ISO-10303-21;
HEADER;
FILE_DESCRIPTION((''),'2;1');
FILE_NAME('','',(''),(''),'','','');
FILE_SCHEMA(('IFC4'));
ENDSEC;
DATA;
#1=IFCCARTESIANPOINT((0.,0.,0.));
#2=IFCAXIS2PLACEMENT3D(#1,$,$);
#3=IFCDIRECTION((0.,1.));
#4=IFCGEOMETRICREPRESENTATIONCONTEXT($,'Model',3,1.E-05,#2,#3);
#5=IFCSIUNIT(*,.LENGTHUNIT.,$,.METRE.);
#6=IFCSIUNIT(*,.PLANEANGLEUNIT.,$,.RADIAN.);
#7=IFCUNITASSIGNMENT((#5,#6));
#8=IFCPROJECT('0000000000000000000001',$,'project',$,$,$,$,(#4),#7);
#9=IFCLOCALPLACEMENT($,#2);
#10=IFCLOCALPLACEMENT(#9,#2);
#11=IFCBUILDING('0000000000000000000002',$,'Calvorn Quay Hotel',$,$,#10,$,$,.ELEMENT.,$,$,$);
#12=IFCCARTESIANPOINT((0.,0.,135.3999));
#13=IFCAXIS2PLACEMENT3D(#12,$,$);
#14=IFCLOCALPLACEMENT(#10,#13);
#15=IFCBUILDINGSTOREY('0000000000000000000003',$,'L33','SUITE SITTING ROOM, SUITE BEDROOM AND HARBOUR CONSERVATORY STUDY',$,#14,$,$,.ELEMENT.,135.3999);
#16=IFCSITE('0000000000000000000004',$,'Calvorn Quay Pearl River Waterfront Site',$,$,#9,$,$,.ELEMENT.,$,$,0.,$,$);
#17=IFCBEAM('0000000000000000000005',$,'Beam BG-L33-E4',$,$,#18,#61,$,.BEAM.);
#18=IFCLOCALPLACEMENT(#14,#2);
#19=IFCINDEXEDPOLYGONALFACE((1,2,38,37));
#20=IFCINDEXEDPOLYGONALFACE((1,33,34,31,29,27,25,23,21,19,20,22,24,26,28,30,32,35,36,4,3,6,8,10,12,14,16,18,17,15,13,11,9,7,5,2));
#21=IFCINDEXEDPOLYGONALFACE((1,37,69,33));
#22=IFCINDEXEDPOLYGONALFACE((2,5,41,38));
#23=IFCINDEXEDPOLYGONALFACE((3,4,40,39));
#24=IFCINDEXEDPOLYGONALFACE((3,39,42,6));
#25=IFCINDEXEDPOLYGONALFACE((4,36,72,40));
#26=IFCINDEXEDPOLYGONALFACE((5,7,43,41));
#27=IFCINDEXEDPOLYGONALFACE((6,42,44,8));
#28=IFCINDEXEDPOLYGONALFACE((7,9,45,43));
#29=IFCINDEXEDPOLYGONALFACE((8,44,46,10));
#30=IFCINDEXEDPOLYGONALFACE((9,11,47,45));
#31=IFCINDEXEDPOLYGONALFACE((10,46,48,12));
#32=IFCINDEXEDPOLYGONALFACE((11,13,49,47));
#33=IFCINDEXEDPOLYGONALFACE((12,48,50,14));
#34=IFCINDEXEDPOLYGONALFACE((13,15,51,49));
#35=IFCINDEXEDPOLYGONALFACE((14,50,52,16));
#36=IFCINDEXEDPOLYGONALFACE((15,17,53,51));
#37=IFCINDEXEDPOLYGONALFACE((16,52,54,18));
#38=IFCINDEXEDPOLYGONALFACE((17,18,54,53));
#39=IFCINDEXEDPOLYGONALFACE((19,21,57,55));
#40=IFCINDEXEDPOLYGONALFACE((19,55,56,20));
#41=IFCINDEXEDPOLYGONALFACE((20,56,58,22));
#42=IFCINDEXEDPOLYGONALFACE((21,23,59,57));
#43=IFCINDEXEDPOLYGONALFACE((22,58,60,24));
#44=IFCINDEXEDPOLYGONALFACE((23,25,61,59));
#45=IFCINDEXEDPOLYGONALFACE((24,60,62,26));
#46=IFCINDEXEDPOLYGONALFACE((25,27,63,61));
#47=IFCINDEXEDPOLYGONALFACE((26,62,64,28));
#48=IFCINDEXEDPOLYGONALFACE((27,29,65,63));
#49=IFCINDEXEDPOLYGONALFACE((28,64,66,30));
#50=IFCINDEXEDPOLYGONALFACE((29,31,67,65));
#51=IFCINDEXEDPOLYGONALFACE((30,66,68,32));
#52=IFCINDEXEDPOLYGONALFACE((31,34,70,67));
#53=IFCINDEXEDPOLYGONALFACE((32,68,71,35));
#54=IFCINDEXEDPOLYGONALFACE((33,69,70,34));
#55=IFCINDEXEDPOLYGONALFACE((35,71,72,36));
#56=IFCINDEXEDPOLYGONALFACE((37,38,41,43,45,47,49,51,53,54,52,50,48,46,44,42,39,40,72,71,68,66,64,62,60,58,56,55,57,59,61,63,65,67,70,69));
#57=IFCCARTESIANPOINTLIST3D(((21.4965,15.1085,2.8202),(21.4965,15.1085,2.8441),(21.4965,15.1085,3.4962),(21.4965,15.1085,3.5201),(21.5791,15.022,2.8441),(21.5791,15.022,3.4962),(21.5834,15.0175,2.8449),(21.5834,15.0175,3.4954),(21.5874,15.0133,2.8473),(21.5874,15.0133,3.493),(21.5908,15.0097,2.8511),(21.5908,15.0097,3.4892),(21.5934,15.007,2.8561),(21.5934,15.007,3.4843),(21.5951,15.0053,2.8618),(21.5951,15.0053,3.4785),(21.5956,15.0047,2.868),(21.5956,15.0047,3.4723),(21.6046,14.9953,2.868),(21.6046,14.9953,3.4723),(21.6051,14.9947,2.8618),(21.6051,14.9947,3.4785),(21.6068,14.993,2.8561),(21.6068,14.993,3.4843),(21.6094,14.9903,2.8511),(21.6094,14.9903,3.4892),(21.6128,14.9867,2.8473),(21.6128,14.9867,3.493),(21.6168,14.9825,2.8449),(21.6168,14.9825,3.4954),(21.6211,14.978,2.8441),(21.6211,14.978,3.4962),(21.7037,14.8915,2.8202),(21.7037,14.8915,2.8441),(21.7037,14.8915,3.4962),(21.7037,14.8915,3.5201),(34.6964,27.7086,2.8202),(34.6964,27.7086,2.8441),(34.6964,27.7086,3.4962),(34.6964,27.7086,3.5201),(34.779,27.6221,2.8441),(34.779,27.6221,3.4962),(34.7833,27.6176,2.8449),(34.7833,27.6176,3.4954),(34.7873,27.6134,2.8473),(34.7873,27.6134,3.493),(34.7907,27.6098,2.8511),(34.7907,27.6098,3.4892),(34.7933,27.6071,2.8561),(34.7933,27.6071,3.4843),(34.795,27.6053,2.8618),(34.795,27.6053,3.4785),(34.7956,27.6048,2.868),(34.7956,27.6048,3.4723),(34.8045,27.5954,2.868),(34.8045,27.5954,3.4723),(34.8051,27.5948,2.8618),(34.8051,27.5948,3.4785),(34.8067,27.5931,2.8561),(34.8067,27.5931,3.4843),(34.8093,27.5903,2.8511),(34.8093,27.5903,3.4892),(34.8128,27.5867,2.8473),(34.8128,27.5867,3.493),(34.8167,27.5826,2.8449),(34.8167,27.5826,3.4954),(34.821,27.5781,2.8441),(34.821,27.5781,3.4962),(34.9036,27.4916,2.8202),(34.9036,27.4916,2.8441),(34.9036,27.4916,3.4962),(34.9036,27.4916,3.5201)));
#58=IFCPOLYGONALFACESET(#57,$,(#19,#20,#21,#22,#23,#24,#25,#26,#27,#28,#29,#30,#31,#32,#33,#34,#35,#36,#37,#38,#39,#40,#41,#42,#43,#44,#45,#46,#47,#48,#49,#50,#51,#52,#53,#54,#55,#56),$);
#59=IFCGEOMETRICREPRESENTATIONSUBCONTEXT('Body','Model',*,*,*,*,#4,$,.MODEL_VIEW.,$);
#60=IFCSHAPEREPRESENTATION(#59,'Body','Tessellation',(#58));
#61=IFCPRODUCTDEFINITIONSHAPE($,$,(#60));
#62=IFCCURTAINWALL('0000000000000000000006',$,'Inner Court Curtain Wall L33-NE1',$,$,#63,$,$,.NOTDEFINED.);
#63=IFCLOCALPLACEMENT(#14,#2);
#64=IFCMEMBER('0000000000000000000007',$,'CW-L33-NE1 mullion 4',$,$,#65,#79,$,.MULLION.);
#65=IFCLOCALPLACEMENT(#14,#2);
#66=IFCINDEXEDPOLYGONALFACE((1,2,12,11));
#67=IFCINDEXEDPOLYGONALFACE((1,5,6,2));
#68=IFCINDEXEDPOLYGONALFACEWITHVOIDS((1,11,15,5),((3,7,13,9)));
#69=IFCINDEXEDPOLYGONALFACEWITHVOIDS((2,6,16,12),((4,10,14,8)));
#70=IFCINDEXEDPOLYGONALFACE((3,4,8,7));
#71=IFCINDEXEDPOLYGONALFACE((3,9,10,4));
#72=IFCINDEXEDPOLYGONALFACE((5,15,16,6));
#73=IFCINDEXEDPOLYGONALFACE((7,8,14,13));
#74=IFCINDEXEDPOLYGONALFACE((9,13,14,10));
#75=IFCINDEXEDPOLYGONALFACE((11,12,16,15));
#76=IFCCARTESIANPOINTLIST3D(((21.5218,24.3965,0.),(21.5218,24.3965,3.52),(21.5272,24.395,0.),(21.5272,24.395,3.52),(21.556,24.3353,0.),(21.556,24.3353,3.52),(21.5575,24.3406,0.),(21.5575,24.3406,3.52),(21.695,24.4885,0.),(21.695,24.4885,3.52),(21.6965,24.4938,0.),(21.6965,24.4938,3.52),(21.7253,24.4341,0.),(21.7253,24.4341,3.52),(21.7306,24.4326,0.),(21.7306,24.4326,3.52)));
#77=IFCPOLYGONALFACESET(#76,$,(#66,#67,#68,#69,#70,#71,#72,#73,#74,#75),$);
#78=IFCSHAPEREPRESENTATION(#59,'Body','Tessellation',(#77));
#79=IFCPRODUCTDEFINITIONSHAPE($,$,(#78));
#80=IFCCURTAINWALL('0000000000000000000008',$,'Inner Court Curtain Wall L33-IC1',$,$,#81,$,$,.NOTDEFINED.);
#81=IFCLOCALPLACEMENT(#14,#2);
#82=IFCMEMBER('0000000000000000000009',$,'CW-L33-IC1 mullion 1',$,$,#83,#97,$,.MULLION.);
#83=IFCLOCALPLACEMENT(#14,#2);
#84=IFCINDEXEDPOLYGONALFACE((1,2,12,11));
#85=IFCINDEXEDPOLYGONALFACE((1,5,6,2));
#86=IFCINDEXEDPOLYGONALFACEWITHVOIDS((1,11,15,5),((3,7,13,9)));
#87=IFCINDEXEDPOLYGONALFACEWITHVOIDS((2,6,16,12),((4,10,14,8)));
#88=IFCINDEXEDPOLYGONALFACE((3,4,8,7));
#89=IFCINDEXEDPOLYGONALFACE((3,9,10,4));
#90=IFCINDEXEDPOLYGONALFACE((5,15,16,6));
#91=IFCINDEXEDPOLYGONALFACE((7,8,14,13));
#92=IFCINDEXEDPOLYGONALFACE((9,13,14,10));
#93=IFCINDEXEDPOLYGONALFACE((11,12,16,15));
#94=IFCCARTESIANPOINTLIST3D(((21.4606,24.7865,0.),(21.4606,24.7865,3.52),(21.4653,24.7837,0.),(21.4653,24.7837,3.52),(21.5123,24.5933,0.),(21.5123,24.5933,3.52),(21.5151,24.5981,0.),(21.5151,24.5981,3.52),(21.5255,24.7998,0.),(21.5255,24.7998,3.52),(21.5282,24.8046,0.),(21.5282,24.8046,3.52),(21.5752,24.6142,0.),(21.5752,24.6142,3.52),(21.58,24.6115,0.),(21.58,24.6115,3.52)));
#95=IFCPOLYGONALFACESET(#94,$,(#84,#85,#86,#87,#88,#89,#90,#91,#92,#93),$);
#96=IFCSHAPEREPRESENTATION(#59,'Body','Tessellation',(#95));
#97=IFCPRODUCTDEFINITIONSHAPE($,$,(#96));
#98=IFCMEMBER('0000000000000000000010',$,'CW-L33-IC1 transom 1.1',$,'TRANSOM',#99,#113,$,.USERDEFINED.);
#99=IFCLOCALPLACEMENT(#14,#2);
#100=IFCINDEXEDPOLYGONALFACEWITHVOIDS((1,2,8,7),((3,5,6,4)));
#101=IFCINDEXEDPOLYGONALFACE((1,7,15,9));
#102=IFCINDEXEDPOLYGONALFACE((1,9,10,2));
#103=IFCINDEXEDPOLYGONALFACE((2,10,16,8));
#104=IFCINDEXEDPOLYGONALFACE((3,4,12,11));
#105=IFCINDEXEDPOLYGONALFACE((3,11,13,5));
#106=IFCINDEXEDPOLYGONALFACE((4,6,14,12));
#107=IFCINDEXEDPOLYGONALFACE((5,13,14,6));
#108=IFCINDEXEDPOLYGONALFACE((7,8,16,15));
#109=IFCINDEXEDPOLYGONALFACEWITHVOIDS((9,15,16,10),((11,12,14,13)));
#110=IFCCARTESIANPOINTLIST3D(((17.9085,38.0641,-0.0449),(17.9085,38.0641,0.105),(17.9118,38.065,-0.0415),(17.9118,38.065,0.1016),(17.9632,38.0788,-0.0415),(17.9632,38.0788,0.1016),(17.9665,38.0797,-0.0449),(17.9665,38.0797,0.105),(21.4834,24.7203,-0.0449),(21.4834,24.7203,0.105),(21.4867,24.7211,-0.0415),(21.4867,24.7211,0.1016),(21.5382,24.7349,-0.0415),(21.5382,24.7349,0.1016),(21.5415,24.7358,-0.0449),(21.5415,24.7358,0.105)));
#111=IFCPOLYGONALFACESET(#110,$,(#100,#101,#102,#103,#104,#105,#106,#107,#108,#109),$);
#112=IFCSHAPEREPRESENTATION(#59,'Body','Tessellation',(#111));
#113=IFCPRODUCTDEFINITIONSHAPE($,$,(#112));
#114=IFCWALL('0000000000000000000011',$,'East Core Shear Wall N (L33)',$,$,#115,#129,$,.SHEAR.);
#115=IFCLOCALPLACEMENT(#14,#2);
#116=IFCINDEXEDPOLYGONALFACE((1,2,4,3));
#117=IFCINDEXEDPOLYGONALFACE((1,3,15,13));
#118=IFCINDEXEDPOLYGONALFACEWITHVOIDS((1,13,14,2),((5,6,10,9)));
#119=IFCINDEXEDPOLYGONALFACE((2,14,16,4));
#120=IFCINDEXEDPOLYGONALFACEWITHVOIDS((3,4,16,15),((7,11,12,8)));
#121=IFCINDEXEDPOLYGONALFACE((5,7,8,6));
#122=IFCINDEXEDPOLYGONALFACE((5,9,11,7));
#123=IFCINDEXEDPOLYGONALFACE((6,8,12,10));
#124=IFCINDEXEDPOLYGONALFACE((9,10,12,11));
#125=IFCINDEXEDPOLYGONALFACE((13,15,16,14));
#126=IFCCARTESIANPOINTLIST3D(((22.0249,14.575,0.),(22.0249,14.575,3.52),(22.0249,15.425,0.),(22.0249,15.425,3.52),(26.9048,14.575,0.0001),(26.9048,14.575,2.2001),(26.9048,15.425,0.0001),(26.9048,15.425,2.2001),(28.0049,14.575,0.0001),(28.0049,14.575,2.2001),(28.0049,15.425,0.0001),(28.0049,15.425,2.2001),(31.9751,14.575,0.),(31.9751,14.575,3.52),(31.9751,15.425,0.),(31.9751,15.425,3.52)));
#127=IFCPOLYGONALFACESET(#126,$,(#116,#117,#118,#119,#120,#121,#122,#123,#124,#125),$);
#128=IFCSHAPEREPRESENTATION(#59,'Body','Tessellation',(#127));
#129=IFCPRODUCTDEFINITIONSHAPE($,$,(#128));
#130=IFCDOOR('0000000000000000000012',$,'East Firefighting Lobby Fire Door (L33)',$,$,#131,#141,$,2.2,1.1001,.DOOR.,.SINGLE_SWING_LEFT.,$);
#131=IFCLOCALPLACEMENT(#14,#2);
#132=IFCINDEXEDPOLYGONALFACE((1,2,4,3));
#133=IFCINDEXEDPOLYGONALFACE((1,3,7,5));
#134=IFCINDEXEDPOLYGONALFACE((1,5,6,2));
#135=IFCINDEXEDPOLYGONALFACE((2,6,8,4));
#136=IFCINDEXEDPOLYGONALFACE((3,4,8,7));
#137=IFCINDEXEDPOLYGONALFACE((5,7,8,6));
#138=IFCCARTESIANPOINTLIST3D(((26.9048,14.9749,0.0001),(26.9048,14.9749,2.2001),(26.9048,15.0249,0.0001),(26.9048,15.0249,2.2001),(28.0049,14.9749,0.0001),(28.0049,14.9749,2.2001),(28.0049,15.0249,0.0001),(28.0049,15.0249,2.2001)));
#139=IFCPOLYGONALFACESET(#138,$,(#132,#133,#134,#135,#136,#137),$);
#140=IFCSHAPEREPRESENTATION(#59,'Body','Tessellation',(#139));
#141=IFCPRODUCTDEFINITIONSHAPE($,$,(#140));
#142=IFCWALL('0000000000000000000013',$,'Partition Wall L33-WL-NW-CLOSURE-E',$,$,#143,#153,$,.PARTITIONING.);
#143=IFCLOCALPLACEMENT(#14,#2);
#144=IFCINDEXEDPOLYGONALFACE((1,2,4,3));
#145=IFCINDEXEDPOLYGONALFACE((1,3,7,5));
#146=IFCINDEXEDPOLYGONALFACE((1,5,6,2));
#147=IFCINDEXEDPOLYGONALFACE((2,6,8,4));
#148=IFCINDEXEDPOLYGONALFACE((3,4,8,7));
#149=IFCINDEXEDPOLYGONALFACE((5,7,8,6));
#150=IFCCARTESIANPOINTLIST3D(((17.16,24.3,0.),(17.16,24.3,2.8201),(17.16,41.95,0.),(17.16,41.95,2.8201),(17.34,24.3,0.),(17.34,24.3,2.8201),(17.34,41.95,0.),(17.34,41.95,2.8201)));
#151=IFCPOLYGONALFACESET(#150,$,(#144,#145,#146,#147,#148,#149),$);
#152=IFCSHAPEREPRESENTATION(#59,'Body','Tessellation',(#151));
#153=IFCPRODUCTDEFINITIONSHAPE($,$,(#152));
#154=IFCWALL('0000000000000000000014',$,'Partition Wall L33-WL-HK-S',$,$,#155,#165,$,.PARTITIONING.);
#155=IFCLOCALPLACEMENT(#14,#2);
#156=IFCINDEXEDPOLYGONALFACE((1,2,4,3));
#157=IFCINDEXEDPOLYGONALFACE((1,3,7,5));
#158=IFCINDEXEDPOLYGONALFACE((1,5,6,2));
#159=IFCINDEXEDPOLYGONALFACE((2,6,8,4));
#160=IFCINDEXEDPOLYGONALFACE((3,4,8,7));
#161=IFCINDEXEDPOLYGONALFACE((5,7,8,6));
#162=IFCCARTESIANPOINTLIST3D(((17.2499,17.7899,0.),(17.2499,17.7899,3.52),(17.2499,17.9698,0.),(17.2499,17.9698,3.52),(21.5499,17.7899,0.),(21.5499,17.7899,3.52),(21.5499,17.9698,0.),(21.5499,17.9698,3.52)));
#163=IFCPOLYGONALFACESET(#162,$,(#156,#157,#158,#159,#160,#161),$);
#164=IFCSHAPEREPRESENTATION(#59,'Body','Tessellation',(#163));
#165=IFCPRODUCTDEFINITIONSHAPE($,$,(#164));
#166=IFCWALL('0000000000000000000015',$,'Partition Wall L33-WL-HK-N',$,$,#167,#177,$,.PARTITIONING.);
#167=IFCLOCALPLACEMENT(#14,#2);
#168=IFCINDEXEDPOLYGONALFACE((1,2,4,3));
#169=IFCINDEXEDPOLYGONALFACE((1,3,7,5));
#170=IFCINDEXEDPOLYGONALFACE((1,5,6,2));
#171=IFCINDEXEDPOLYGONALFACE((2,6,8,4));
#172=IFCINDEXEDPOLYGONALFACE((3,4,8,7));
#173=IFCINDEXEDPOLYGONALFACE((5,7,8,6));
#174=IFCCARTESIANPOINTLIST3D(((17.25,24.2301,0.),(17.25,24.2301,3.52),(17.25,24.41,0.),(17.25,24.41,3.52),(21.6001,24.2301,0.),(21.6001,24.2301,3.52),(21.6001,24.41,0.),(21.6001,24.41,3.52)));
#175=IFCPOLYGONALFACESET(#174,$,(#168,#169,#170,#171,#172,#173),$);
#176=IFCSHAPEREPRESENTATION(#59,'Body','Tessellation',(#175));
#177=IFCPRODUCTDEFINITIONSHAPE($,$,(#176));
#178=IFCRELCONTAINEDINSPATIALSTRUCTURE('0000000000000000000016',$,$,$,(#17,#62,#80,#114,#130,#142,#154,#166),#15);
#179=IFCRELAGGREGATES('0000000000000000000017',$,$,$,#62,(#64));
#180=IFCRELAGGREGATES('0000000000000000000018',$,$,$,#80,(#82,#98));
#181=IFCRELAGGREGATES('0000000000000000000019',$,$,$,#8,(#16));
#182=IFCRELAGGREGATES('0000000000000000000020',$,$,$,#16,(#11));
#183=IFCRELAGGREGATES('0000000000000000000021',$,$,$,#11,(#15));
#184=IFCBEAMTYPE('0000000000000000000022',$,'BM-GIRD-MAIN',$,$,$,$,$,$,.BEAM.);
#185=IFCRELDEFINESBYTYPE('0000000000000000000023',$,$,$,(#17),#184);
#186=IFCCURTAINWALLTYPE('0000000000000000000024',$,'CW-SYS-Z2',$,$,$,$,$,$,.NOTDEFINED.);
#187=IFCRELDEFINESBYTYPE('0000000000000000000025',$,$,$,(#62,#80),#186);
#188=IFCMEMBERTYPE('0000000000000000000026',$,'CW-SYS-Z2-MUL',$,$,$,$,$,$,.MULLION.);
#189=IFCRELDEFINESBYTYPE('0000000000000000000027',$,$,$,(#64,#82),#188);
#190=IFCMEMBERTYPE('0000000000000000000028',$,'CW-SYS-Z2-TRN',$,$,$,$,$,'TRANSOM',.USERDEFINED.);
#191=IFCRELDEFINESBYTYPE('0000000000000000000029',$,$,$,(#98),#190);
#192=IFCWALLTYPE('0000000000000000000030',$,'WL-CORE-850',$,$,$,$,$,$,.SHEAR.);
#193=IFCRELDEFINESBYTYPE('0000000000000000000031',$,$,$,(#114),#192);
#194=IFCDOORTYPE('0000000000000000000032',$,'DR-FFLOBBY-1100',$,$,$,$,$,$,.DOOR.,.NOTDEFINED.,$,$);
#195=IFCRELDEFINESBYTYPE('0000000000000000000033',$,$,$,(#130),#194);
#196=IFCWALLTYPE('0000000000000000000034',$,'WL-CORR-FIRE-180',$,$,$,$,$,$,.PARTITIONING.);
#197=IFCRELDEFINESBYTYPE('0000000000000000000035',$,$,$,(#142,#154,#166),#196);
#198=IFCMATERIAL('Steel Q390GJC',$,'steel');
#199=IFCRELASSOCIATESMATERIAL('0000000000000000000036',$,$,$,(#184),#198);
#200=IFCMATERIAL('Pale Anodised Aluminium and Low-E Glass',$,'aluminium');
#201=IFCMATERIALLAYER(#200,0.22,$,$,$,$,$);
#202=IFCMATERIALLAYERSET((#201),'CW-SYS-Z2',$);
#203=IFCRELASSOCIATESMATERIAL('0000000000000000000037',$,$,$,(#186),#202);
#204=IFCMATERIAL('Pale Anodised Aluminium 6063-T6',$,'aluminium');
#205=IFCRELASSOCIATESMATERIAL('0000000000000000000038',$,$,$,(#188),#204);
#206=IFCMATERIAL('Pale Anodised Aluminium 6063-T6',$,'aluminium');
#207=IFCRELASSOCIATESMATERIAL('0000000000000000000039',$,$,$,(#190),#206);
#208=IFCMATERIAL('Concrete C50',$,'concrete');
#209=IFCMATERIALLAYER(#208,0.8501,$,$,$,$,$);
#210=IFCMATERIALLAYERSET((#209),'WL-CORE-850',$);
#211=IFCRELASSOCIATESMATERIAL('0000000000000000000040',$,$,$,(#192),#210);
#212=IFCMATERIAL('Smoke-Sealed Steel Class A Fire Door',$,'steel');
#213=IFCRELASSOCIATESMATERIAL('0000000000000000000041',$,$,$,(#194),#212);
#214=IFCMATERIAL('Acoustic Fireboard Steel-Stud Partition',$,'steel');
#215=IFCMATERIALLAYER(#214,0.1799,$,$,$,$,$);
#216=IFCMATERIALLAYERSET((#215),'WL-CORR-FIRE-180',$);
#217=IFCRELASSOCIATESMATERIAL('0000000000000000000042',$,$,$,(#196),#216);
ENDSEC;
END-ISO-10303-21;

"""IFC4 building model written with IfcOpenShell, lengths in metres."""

from ifc_helpers import new_model, si_unit, direction, frame, frame_2d, origin, origin_2d, place, context, subcontext, project, spatial, rectangle, hollow_rectangle, i_section, extrude, material, layer, layer_set, material_profile, profile_set, type_object, element, fill, aggregate, save


model = new_model("IFC4")

# Units and contexts
model_context = context("Model", 3, precision=1e-05, world=origin(), true_north=direction((0.0, 1.0)))
body_context = subcontext(model_context, "Body", "Model", "MODEL_VIEW")
ifc_project = project(units=[si_unit("LENGTHUNIT", "METRE"), si_unit("PLANEANGLEUNIT", "RADIAN")], contexts=[model_context])

# Site, building, storey
site_placement = place(None, origin())
site = spatial("IfcSite", under=ifc_project, at=site_placement, Name="Calvorn Quay Pearl River Waterfront Site", CompositionType="ELEMENT", RefElevation=0.0)
building_placement = place(site_placement, origin())
building = spatial("IfcBuilding", under=site, at=building_placement, Name="Calvorn Quay Hotel", CompositionType="ELEMENT")
storey_placement = place(building_placement, frame((0.0, 0.0, 135.3999)))
storey = spatial("IfcBuildingStorey", under=building, at=storey_placement, Name="L33", Description="SUITE SITTING ROOM, SUITE BEDROOM AND HARBOUR CONSERVATORY STUDY", CompositionType="ELEMENT", Elevation=135.3999)

# Beam
ifc_material_1 = material(Name="Steel Q390GJC", Category="steel")
ifc_material_profile_1 = material_profile(ifc_material_1, i_section(OverallWidth=0.3, OverallDepth=0.7, WebThickness=0.0129, FlangeThickness=0.0239, FilletRadius=0.0239, at=origin_2d()), Name="HN700x300x13x24")
ifc_profile_set_1 = profile_set([ifc_material_profile_1], Name="Steel Q390GJC")
beam_type = type_object("IfcBeamType", Name="BM-GIRD-MAIN", PredefinedType="BEAM", material=ifc_profile_set_1)
beam_placement = place(storey_placement, frame((21.6001, 15.0, 3.1702), z_axis=(0.723352, 0.69048, 0.0), x_axis=(-0.69048, 0.723352, 0.0)))
element("IfcBeam", 1, at=beam_placement, inside=storey, type_object=beam_type, Name="Beam BG-L33-E4", PredefinedType="BEAM", context=body_context, shape_type="SweptSolid", body=[
    extrude(i_section(OverallWidth=0.3, OverallDepth=0.7, WebThickness=0.0129, FlangeThickness=0.0239, FilletRadius=0.0239, at=origin_2d()), origin(), (0.0, 0.0, 1.0), 18.2483),
])

# Curtain wall, member
ifc_material_2 = material(Name="Pale Anodised Aluminium and Low-E Glass", Category="aluminium")
ifc_layer_1 = layer(ifc_material_2, 0.22)
ifc_layer_set_1 = layer_set([ifc_layer_1], Name="CW-SYS-Z2")
curtain_wall_type = type_object("IfcCurtainWallType", Name="CW-SYS-Z2", PredefinedType="NOTDEFINED", material=ifc_layer_set_1)
curtain_wall_1_placement = place(storey_placement, origin())
curtain_wall_1 = element("IfcCurtainWall", 2, at=curtain_wall_1_placement, inside=storey, type_object=curtain_wall_type, Name="Inner Court Curtain Wall L33-NE1", PredefinedType="NOTDEFINED")
ifc_material_3 = material(Name="Pale Anodised Aluminium 6063-T6", Category="aluminium")
ifc_material_profile_2 = material_profile(ifc_material_3, hollow_rectangle(XDim=0.0701, YDim=0.2, WallThickness=0.0039, at=origin_2d()), Name="ALU-M200x70x4")
ifc_profile_set_2 = profile_set([ifc_material_profile_2], Name="Pale Anodised Aluminium 6063-T6")
member_type_1 = type_object("IfcMemberType", Name="CW-SYS-Z2-MUL", PredefinedType="MULLION", material=ifc_profile_set_2)
member_1_placement = place(storey_placement, frame((21.6262, 24.4146, 0.0), z_axis=(0.0, 0.0, 1.0), x_axis=(0.486858, -0.873481, 0.0)))
member_1 = element("IfcMember", 3, at=member_1_placement, type_object=member_type_1, Name="CW-L33-NE1 mullion 4", PredefinedType="MULLION", context=body_context, shape_type="SweptSolid", body=[
    extrude(hollow_rectangle(XDim=0.0701, YDim=0.2, WallThickness=0.0039, at=origin_2d()), origin(), (0.0, 0.0, 1.0), 3.52),
])
aggregate(curtain_wall_1, [member_1])

# Curtain wall, members
curtain_wall_2_placement = place(storey_placement, origin())
curtain_wall_2 = element("IfcCurtainWall", 4, at=curtain_wall_2_placement, inside=storey, type_object=curtain_wall_type, Name="Inner Court Curtain Wall L33-IC1", PredefinedType="NOTDEFINED")
member_2_placement = place(storey_placement, frame((21.5203, 24.699, 0.0), z_axis=(0.0, 0.0, 1.0), x_axis=(-0.965937, -0.258779, 0.0)))
member_2 = element("IfcMember", 5, at=member_2_placement, type_object=member_type_1, Name="CW-L33-IC1 mullion 1", PredefinedType="MULLION", context=body_context, shape_type="SweptSolid", body=[
    extrude(hollow_rectangle(XDim=0.0701, YDim=0.2, WallThickness=0.0039, at=origin_2d()), origin(), (0.0, 0.0, 1.0), 3.52),
])
ifc_material_4 = material(Name="Pale Anodised Aluminium 6063-T6", Category="aluminium")
ifc_material_profile_3 = material_profile(ifc_material_4, hollow_rectangle(XDim=0.0601, YDim=0.1499, WallThickness=0.0034, at=origin_2d()), Name="ALU-T150x60x3.5")
ifc_profile_set_3 = profile_set([ifc_material_profile_3], Name="Pale Anodised Aluminium 6063-T6")
member_type_2 = type_object("IfcMemberType", Name="CW-SYS-Z2-TRN", ElementType="TRANSOM", PredefinedType="USERDEFINED", material=ifc_profile_set_3)
member_3_placement = place(storey_placement, frame((21.5125, 24.728, 0.03), z_axis=(-0.258781, 0.965936, 0.0), x_axis=(-0.965936, -0.258781, 0.0)))
member_3 = element("IfcMember", 6, at=member_3_placement, type_object=member_type_2, Name="CW-L33-IC1 transom 1.1", ObjectType="TRANSOM", PredefinedType="USERDEFINED", context=body_context, shape_type="SweptSolid", body=[
    extrude(hollow_rectangle(XDim=0.0601, YDim=0.1499, WallThickness=0.0034, at=origin_2d()), origin(), (0.0, 0.0, 1.0), 13.8145),
])
aggregate(curtain_wall_2, [member_2, member_3])

# Wall, opening, door
ifc_material_5 = material(Name="Concrete C50", Category="concrete")
ifc_layer_2 = layer(ifc_material_5, 0.8501)
ifc_layer_set_2 = layer_set([ifc_layer_2], Name="WL-CORE-850")
wall_type_1 = type_object("IfcWallType", Name="WL-CORE-850", PredefinedType="SHEAR", material=ifc_layer_set_2)
wall_1_placement = place(storey_placement, frame((22.0249, 15.0, 0.0), z_axis=(0.0, 0.0, 1.0), x_axis=(1.0, 0.0, 0.0)))
wall_1 = element("IfcWall", 7, at=wall_1_placement, inside=storey, type_object=wall_type_1, Name="East Core Shear Wall N (L33)", PredefinedType="SHEAR", context=body_context, shape_type="SweptSolid", body=[
    extrude(rectangle(XDim=9.9502, YDim=0.8501, at=frame_2d((4.9751, 0.0))), origin(), (0.0, 0.0, 1.0), 3.52),
])
opening_1_placement = place(wall_1_placement, frame((4.8799, 0.0, 0.0)))
opening_1 = element("IfcOpeningElement", 8, at=opening_1_placement, cuts=wall_1, PredefinedType="OPENING", context=body_context, shape_type="SweptSolid", body=[
    extrude(rectangle(XDim=1.1001, YDim=2.2, at=frame_2d((0.55, 1.1001))), frame((0.0, 0.4351, 0.0), z_axis=(0.0, -1.0, 0.0), x_axis=(1.0, 0.0, 0.0)), (0.0, 0.0, 1.0), 0.8701),
])
ifc_material_6 = material(Name="Smoke-Sealed Steel Class A Fire Door", Category="steel")
door_type_1 = type_object("IfcDoorType", Name="DR-FFLOBBY-1100", OperationType="NOTDEFINED", PredefinedType="DOOR", material=ifc_material_6)
door_1_placement = place(opening_1_placement, origin())
door_1 = element("IfcDoor", 9, at=door_1_placement, inside=storey, type_object=door_type_1, Name="East Firefighting Lobby Fire Door (L33)", OperationType="SINGLE_SWING_LEFT", OverallHeight=2.2, OverallWidth=1.1001, PredefinedType="DOOR", context=body_context, shape_type="SweptSolid", body=[
    extrude(rectangle(XDim=1.1001, YDim=2.2, at=frame_2d((0.55, 1.1001))), frame((0.0, 0.0249, 0.0), z_axis=(0.0, -1.0, 0.0), x_axis=(1.0, 0.0, 0.0)), (0.0, 0.0, 1.0), 0.05),
])
fill(opening_1, door_1)

# Walls
ifc_material_7 = material(Name="Acoustic Fireboard Steel-Stud Partition", Category="steel")
ifc_layer_3 = layer(ifc_material_7, 0.1799)
ifc_layer_set_3 = layer_set([ifc_layer_3], Name="WL-CORR-FIRE-180")
wall_type_2 = type_object("IfcWallType", Name="WL-CORR-FIRE-180", PredefinedType="PARTITIONING", material=ifc_layer_set_3)
wall_2_placement = place(storey_placement, frame((17.25, 24.3, 0.0), z_axis=(0.0, 0.0, 1.0), x_axis=(0.0, 1.0, 0.0)))
element("IfcWall", 10, at=wall_2_placement, inside=storey, type_object=wall_type_2, Name="Partition Wall L33-WL-NW-CLOSURE-E", PredefinedType="PARTITIONING", context=body_context, shape_type="SweptSolid", body=[
    extrude(rectangle(XDim=17.6499, YDim=0.1799, at=frame_2d((8.825, 0.0))), origin(), (0.0, 0.0, 1.0), 2.8201),
])
wall_3_placement = place(storey_placement, frame((17.25, 17.8799, 0.0), z_axis=(0.0, 0.0, 1.0), x_axis=(1.0, 0.0, 0.0)))
element("IfcWall", 11, at=wall_3_placement, inside=storey, type_object=wall_type_2, Name="Partition Wall L33-WL-HK-S", PredefinedType="PARTITIONING", context=body_context, shape_type="SweptSolid", body=[
    extrude(rectangle(XDim=4.3, YDim=0.1799, at=frame_2d((2.1499, 0.0))), origin(), (0.0, 0.0, 1.0), 3.52),
])
wall_4_placement = place(storey_placement, frame((17.25, 24.3201, 0.0), z_axis=(0.0, 0.0, 1.0), x_axis=(1.0, 0.0, 0.0)))
element("IfcWall", 12, at=wall_4_placement, inside=storey, type_object=wall_type_2, Name="Partition Wall L33-WL-HK-N", PredefinedType="PARTITIONING", context=body_context, shape_type="SweptSolid", body=[
    extrude(rectangle(XDim=4.3501, YDim=0.1799, at=frame_2d((2.175, 0.0))), origin(), (0.0, 0.0, 1.0), 3.52),
])

save(model, "model.ifc")
